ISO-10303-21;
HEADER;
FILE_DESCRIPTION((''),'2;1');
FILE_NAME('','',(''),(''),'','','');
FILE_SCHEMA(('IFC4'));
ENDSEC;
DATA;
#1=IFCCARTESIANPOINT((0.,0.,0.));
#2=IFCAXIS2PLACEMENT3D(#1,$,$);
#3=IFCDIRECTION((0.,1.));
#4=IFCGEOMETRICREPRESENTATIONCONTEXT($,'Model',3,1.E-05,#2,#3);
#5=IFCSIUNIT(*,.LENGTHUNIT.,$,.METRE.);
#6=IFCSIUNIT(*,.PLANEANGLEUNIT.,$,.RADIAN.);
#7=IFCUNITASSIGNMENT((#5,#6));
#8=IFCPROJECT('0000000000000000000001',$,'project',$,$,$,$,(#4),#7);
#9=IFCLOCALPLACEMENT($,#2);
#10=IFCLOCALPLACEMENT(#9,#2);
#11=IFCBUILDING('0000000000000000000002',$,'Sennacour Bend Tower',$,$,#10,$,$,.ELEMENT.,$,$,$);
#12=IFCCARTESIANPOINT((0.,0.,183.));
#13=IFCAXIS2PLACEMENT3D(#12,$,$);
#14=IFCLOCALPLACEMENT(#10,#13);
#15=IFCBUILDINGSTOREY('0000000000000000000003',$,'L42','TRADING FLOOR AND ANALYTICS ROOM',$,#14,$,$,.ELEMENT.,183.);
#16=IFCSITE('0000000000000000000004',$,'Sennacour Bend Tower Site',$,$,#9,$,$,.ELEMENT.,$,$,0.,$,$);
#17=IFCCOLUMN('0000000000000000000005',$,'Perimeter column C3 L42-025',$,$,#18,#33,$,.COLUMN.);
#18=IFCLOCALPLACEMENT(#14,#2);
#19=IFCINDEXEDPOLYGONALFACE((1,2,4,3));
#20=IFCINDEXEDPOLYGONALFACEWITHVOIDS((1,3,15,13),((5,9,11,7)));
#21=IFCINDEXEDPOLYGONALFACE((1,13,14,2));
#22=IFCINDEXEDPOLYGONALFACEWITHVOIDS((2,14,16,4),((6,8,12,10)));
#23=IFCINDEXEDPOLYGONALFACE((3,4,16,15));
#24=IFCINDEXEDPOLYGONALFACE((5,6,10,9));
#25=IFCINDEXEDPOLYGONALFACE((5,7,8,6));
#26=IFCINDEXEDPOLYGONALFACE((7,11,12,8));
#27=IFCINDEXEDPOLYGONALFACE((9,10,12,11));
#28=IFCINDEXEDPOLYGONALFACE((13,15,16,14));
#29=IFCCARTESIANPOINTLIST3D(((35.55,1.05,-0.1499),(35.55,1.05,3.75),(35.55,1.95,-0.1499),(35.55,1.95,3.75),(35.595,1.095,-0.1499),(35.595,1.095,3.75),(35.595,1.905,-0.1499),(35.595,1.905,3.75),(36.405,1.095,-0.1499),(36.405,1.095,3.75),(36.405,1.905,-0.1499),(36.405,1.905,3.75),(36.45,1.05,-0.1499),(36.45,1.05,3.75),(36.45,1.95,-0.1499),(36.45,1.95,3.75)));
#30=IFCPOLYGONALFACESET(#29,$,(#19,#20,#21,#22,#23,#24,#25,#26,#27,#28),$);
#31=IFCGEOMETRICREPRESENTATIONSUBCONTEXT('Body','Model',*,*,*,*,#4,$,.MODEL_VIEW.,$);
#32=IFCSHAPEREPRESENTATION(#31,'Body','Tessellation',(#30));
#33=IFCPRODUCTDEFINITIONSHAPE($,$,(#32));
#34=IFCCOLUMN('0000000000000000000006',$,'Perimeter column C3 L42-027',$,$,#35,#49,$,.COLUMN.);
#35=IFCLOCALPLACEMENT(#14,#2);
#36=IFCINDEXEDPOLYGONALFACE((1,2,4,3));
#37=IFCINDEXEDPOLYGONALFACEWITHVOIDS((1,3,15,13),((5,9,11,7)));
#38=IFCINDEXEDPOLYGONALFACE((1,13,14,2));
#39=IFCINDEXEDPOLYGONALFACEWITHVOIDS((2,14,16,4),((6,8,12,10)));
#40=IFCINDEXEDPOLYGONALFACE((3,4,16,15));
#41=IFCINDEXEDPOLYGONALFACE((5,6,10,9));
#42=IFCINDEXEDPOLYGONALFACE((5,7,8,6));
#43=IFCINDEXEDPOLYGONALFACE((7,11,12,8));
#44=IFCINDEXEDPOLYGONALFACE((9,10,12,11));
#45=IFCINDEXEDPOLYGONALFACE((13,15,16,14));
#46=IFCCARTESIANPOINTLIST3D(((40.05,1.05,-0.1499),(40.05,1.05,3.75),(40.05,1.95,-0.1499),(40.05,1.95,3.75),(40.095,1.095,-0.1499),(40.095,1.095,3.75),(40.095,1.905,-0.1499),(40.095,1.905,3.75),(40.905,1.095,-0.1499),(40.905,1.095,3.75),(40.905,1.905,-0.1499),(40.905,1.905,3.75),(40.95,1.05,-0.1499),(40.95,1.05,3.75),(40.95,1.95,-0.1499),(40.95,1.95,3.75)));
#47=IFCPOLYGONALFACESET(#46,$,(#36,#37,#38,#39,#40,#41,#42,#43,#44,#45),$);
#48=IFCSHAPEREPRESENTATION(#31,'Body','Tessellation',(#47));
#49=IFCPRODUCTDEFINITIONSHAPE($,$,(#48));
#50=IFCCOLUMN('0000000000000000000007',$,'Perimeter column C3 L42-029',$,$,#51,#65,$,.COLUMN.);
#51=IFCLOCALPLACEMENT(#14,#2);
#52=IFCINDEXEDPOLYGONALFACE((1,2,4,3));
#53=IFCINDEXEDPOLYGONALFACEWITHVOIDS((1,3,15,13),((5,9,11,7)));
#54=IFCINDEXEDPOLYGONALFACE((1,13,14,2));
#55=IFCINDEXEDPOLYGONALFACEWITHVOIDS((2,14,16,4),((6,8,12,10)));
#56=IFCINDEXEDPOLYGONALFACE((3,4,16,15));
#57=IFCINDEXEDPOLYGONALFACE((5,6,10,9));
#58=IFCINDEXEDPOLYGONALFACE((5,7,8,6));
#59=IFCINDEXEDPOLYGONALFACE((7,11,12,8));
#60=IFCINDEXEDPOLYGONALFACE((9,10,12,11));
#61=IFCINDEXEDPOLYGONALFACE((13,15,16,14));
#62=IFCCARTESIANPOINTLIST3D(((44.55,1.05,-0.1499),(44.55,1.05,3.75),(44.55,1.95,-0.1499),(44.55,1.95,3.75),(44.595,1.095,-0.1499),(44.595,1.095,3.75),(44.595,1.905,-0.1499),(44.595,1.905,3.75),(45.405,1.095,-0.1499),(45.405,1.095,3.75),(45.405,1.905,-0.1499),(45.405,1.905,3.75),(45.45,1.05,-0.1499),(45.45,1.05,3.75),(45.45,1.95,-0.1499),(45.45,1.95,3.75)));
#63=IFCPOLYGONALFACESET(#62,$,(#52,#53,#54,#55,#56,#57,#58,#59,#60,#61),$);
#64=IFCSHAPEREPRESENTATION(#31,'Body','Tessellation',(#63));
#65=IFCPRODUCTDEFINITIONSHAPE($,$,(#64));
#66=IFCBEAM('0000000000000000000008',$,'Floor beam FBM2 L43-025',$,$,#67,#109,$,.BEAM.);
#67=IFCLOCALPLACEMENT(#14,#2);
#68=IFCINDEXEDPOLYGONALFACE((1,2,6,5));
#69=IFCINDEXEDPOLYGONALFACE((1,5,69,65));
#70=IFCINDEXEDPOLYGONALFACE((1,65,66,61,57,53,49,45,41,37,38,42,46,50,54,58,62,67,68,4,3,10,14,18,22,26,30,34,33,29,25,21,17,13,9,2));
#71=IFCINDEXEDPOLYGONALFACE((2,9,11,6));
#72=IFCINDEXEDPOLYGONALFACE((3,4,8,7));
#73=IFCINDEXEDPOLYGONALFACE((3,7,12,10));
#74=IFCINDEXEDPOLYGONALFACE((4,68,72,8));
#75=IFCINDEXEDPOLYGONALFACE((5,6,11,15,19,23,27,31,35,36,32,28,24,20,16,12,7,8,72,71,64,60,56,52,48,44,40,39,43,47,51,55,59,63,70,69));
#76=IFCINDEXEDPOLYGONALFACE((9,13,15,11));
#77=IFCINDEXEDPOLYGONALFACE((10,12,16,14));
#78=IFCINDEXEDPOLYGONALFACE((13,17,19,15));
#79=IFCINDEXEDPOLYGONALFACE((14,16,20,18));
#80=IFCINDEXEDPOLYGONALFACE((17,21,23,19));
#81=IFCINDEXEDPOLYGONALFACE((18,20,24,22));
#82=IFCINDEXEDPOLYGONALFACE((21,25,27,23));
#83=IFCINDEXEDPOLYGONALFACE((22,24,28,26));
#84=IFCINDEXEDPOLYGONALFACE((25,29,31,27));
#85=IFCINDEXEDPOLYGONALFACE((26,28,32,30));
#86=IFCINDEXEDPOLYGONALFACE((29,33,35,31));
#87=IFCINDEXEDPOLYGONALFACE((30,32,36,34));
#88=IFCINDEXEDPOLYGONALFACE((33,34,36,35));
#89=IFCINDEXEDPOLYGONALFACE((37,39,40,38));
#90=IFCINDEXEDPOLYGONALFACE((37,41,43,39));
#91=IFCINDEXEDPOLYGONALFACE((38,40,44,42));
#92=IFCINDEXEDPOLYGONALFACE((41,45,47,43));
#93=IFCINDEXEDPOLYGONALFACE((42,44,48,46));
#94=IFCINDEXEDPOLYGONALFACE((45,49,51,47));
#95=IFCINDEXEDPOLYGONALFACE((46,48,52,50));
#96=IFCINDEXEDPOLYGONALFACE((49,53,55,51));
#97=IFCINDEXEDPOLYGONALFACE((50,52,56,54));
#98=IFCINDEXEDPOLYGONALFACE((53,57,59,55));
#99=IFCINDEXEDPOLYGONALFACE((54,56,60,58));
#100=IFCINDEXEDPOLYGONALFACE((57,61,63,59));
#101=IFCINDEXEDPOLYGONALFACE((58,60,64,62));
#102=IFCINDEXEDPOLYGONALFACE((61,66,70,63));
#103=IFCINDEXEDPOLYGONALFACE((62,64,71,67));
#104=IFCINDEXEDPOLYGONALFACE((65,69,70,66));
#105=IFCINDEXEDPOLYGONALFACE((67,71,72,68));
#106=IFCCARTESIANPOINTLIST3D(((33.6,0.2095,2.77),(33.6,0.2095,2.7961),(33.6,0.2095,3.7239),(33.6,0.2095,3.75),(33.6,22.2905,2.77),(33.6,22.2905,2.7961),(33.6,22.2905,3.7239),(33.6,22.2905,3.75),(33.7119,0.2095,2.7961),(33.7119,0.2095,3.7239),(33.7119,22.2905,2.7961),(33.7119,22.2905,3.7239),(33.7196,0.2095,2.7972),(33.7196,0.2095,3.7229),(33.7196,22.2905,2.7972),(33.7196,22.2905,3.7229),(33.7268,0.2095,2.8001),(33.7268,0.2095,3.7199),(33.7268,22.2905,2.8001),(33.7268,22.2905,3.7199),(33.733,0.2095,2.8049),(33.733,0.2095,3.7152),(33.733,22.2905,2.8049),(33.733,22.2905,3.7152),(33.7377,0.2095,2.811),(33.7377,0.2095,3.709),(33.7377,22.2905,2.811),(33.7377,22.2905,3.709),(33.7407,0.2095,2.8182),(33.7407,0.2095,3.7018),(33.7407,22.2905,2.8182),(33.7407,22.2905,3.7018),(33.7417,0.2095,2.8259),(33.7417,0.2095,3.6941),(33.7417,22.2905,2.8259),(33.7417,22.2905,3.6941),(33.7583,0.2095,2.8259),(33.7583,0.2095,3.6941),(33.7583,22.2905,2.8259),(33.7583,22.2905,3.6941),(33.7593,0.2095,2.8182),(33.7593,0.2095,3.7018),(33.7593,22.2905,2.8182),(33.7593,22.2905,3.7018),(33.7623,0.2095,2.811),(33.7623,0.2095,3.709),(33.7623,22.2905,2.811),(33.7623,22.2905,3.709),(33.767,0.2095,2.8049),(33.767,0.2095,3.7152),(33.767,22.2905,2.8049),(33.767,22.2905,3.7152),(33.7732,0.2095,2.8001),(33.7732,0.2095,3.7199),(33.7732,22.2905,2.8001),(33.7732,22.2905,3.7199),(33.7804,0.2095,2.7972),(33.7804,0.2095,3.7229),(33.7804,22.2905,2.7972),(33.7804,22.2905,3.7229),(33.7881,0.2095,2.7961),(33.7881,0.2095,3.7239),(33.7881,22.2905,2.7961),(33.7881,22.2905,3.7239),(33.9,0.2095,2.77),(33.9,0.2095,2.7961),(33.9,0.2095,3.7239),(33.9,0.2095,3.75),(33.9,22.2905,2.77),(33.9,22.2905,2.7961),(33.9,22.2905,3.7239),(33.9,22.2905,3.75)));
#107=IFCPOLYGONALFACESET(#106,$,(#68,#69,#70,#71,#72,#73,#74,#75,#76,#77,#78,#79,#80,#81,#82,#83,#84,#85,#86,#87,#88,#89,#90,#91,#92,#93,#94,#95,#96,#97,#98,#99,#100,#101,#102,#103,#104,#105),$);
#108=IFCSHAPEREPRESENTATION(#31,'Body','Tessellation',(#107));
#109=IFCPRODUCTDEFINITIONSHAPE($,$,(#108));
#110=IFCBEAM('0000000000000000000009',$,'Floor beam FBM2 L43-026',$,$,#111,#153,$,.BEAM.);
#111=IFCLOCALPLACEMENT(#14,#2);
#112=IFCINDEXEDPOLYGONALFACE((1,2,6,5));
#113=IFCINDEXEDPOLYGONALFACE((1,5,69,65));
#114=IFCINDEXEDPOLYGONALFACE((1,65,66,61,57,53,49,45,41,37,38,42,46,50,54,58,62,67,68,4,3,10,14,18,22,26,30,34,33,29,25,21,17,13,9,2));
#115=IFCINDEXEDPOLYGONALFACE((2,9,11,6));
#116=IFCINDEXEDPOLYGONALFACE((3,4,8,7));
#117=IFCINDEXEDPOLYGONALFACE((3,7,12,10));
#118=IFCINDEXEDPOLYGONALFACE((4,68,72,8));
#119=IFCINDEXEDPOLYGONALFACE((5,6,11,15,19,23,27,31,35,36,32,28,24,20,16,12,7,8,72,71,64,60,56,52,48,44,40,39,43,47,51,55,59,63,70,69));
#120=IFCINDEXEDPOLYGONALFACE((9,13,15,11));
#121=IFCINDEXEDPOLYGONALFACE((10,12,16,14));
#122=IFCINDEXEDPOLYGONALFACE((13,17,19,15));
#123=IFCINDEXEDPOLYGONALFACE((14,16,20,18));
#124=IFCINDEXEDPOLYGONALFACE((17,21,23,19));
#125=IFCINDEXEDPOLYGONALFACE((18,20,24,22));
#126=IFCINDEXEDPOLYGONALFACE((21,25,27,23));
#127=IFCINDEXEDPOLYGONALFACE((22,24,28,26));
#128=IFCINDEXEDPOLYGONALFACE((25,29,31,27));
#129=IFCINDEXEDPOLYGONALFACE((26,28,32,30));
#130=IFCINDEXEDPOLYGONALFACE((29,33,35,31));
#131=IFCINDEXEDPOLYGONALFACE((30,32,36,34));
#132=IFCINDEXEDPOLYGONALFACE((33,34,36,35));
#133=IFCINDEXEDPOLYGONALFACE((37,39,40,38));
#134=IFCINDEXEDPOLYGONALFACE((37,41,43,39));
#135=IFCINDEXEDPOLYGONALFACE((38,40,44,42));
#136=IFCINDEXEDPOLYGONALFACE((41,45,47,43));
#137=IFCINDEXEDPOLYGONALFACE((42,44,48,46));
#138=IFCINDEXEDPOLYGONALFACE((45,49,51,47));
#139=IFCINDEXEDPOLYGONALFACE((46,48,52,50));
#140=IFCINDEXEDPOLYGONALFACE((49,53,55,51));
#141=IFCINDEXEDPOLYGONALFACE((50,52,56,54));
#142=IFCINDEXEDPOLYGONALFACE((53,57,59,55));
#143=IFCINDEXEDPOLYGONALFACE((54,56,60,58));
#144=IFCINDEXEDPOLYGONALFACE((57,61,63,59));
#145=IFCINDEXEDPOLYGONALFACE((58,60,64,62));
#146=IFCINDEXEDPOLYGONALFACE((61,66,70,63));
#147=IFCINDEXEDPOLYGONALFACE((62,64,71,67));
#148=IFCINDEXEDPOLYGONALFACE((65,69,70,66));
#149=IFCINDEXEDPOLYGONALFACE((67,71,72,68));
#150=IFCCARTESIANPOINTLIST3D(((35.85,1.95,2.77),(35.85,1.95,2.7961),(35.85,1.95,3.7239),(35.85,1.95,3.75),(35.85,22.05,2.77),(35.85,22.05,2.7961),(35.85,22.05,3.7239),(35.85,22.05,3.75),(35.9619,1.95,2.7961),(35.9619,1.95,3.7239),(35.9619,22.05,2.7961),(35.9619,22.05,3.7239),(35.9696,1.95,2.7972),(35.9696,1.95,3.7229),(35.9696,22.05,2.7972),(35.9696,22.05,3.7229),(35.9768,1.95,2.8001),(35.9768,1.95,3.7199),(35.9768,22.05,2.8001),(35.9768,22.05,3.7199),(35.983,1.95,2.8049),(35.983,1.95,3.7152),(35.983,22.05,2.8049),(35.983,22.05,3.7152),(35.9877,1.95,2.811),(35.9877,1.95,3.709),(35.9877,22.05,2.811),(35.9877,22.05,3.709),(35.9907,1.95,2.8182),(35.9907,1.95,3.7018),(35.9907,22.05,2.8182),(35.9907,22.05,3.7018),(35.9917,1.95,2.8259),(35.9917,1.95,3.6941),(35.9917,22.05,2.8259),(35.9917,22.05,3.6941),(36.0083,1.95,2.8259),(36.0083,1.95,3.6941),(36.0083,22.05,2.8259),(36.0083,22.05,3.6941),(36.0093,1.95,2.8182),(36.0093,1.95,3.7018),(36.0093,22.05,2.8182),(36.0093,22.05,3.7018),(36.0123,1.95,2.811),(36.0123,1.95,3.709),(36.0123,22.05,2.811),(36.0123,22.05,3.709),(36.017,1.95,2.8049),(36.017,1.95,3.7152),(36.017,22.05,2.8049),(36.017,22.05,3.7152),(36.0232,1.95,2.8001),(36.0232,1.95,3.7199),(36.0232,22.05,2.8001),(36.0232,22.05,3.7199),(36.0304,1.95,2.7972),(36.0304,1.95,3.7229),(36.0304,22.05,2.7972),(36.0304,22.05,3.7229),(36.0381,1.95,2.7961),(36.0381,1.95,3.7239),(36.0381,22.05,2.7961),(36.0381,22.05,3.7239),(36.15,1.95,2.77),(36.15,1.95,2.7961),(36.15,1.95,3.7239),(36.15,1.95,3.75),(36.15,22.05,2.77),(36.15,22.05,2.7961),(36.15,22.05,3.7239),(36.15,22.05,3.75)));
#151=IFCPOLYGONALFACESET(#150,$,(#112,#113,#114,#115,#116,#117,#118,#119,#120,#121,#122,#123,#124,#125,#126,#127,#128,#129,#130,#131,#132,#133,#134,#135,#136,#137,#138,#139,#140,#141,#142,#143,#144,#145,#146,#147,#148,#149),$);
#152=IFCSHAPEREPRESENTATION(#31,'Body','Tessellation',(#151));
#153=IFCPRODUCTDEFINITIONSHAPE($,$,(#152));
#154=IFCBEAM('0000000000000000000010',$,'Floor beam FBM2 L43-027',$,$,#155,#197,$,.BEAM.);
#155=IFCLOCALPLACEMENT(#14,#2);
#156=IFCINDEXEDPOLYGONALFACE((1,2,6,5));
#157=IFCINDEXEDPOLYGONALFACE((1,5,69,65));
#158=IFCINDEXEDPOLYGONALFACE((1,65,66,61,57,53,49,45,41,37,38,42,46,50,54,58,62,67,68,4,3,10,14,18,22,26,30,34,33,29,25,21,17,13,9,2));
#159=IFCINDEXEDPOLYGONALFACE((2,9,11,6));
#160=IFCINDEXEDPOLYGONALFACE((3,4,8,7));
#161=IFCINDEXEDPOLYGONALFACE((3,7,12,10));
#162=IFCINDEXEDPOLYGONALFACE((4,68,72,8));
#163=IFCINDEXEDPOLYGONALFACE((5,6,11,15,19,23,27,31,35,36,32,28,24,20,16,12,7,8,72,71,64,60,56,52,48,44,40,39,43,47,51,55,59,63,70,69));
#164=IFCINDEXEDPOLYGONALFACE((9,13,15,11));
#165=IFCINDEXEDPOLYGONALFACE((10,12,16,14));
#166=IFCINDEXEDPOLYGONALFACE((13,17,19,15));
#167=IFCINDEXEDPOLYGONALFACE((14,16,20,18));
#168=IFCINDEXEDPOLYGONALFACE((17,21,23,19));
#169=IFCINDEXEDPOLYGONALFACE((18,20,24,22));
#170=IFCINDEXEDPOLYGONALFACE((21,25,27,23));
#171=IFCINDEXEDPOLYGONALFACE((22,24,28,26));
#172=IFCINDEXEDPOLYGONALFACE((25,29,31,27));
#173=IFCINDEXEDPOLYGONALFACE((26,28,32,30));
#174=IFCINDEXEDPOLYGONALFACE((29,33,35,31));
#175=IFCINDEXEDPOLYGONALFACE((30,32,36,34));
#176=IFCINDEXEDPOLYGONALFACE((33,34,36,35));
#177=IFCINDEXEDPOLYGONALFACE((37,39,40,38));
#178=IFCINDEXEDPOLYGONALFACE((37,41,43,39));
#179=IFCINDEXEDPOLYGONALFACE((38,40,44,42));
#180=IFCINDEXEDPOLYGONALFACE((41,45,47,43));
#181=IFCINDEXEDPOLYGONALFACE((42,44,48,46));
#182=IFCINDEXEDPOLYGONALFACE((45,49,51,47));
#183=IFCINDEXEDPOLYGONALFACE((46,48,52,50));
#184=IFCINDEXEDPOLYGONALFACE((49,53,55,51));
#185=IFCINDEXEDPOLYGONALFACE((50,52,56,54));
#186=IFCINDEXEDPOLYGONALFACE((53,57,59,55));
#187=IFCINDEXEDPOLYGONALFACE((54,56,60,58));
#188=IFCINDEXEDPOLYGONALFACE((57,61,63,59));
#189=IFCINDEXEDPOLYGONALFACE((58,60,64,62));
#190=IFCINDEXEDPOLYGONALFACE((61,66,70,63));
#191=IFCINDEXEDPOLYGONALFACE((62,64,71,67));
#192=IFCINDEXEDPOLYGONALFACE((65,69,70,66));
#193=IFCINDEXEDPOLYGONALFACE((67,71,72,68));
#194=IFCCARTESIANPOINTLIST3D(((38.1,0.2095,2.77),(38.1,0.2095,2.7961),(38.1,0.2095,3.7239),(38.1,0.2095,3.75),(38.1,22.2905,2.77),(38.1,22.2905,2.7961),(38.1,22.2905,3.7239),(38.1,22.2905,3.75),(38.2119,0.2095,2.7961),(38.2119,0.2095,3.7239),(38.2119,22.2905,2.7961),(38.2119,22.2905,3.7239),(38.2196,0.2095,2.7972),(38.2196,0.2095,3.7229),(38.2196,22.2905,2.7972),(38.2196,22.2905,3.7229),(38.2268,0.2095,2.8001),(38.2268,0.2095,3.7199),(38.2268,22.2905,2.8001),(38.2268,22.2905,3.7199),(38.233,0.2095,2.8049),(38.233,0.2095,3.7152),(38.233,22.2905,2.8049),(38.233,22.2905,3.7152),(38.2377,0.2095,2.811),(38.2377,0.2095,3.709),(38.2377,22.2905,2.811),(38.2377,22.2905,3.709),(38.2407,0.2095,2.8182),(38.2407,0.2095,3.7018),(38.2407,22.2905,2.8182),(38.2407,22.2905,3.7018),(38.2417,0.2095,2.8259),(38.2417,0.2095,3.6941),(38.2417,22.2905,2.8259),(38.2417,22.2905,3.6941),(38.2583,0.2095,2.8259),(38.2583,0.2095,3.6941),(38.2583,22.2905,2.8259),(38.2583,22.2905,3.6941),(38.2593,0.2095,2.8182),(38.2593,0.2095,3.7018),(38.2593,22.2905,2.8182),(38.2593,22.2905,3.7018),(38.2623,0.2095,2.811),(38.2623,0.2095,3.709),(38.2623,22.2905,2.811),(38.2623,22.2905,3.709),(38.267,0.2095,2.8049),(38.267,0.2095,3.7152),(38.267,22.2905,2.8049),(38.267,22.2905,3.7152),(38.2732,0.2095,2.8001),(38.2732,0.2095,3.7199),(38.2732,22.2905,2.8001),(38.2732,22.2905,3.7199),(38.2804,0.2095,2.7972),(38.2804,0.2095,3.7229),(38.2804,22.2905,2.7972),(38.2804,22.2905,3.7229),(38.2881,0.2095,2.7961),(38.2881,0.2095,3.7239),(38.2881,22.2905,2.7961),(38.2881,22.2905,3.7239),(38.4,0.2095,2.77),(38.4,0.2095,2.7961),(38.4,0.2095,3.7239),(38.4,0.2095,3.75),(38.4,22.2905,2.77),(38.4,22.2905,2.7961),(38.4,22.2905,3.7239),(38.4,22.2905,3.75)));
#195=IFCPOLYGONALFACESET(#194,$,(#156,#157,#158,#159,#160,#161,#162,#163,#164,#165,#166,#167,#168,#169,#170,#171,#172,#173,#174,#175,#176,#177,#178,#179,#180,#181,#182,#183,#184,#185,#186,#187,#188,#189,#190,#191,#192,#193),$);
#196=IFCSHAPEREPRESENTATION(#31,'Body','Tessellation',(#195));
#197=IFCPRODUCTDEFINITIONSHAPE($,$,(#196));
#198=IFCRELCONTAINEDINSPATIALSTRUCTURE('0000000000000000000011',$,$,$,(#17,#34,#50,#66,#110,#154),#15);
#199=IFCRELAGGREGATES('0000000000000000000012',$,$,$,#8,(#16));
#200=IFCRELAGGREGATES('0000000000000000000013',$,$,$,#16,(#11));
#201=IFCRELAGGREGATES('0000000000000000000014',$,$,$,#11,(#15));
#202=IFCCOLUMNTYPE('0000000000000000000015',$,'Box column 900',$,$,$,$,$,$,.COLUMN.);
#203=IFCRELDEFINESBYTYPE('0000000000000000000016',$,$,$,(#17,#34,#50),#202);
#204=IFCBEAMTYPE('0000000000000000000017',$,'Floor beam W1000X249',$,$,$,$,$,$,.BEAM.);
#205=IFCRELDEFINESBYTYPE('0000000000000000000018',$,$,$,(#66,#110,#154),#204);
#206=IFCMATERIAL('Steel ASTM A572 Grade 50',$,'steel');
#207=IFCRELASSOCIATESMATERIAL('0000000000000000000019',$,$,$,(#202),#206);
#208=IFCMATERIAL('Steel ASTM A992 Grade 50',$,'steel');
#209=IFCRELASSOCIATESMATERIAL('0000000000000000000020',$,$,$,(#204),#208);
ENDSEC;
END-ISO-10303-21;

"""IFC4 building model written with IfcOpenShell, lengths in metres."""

from ifc_helpers import new_model, si_unit, direction, frame, origin, origin_2d, place, context, subcontext, project, spatial, hollow_rectangle, i_section, extrude, material, material_profile, profile_set, type_object, element, save


model = new_model("IFC4")

# Units and contexts
model_context = context("Model", 3, precision=1e-05, world=origin(), true_north=direction((0.0, 1.0)))
body_context = subcontext(model_context, "Body", "Model", "MODEL_VIEW")
ifc_project = project(units=[si_unit("LENGTHUNIT", "METRE"), si_unit("PLANEANGLEUNIT", "RADIAN")], contexts=[model_context])

# Site, building, storey
site_placement = place(None, origin())
site = spatial("IfcSite", under=ifc_project, at=site_placement, Name="Sennacour Bend Tower Site", CompositionType="ELEMENT", RefElevation=0.0)
building_placement = place(site_placement, origin())
building = spatial("IfcBuilding", under=site, at=building_placement, Name="Sennacour Bend Tower", CompositionType="ELEMENT")
storey_placement = place(building_placement, frame((0.0, 0.0, 183.0)))
storey = spatial("IfcBuildingStorey", under=building, at=storey_placement, Name="L42", Description="TRADING FLOOR AND ANALYTICS ROOM", CompositionType="ELEMENT", Elevation=183.0)

# Columns
ifc_material_1 = material(Name="Steel ASTM A572 Grade 50", Category="steel")
ifc_material_profile_1 = material_profile(ifc_material_1, hollow_rectangle(XDim=0.8999, YDim=0.8999, WallThickness=0.0449, at=origin_2d()), Name="Steel ASTM A572 Grade 50", Category="steel")
ifc_profile_set_1 = profile_set([ifc_material_profile_1], Name="Steel ASTM A572 Grade 50")
column_type = type_object("IfcColumnType", Name="Box column 900", PredefinedType="COLUMN", material=ifc_profile_set_1)
for number, where, z_axis, x_axis, name in (
    (1, (36.0, 1.5, -0.1499), (0.0, 0.0, 1.0), (1.0, 0.0, 0.0), "Perimeter column C3 L42-025"),
    (2, (40.5, 1.5, -0.1499), (0.0, 0.0, 1.0), (1.0, 0.0, 0.0), "Perimeter column C3 L42-027"),
    (3, (45.0, 1.5, -0.1499), (0.0, 0.0, 1.0), (1.0, 0.0, 0.0), "Perimeter column C3 L42-029"),
):
    element("IfcColumn", number, at=place(storey_placement, frame(where, z_axis=z_axis, x_axis=x_axis)), inside=storey, type_object=column_type, Name=name, PredefinedType="COLUMN", context=body_context, shape_type="SweptSolid", body=[
        extrude(hollow_rectangle(XDim=0.8999, YDim=0.8999, WallThickness=0.0449, at=origin_2d()), origin(), (0.0, 0.0, 1.0), 3.8999),
    ])

# Beams
ifc_material_2 = material(Name="Steel ASTM A992 Grade 50", Category="steel")
ifc_material_profile_2 = material_profile(ifc_material_2, i_section(OverallWidth=0.3, OverallDepth=0.98, WebThickness=0.0166, FlangeThickness=0.0261, FilletRadius=0.0298, at=origin_2d()), Name="Steel ASTM A992 Grade 50", Category="steel")
ifc_profile_set_2 = profile_set([ifc_material_profile_2], Name="Steel ASTM A992 Grade 50")
beam_type_1 = type_object("IfcBeamType", Name="Floor beam W1000X249", PredefinedType="BEAM", material=ifc_profile_set_2)
beam_1_placement = place(storey_placement, frame((33.75, 0.2095, 3.26), z_axis=(0.0, 1.0, 0.0), x_axis=(-1.0, 0.0, 0.0)))
element("IfcBeam", 4, at=beam_1_placement, inside=storey, type_object=beam_type_1, Name="Floor beam FBM2 L43-025", PredefinedType="BEAM", context=body_context, shape_type="SweptSolid", body=[
    extrude(i_section(OverallWidth=0.3, OverallDepth=0.98, WebThickness=0.0166, FlangeThickness=0.0261, FilletRadius=0.0298, at=origin_2d()), origin(), (0.0, 0.0, 1.0), 22.0811),
])
beam_2_placement = place(storey_placement, frame((36.0, 1.95, 3.26), z_axis=(0.0, 1.0, 0.0), x_axis=(-1.0, 0.0, 0.0)))
element("IfcBeam", 5, at=beam_2_placement, inside=storey, type_object=beam_type_1, Name="Floor beam FBM2 L43-026", PredefinedType="BEAM", context=body_context, shape_type="SweptSolid", body=[
    extrude(i_section(OverallWidth=0.3, OverallDepth=0.98, WebThickness=0.0166, FlangeThickness=0.0261, FilletRadius=0.0298, at=origin_2d()), origin(), (0.0, 0.0, 1.0), 20.1001),
])
beam_3_placement = place(storey_placement, frame((38.25, 0.2095, 3.26), z_axis=(0.0, 1.0, 0.0), x_axis=(-1.0, 0.0, 0.0)))
element("IfcBeam", 6, at=beam_3_placement, inside=storey, type_object=beam_type_1, Name="Floor beam FBM2 L43-027", PredefinedType="BEAM", context=body_context, shape_type="SweptSolid", body=[
    extrude(i_section(OverallWidth=0.3, OverallDepth=0.98, WebThickness=0.0166, FlangeThickness=0.0261, FilletRadius=0.0298, at=origin_2d()), origin(), (0.0, 0.0, 1.0), 22.0811),
])

save(model, "model.ifc")
